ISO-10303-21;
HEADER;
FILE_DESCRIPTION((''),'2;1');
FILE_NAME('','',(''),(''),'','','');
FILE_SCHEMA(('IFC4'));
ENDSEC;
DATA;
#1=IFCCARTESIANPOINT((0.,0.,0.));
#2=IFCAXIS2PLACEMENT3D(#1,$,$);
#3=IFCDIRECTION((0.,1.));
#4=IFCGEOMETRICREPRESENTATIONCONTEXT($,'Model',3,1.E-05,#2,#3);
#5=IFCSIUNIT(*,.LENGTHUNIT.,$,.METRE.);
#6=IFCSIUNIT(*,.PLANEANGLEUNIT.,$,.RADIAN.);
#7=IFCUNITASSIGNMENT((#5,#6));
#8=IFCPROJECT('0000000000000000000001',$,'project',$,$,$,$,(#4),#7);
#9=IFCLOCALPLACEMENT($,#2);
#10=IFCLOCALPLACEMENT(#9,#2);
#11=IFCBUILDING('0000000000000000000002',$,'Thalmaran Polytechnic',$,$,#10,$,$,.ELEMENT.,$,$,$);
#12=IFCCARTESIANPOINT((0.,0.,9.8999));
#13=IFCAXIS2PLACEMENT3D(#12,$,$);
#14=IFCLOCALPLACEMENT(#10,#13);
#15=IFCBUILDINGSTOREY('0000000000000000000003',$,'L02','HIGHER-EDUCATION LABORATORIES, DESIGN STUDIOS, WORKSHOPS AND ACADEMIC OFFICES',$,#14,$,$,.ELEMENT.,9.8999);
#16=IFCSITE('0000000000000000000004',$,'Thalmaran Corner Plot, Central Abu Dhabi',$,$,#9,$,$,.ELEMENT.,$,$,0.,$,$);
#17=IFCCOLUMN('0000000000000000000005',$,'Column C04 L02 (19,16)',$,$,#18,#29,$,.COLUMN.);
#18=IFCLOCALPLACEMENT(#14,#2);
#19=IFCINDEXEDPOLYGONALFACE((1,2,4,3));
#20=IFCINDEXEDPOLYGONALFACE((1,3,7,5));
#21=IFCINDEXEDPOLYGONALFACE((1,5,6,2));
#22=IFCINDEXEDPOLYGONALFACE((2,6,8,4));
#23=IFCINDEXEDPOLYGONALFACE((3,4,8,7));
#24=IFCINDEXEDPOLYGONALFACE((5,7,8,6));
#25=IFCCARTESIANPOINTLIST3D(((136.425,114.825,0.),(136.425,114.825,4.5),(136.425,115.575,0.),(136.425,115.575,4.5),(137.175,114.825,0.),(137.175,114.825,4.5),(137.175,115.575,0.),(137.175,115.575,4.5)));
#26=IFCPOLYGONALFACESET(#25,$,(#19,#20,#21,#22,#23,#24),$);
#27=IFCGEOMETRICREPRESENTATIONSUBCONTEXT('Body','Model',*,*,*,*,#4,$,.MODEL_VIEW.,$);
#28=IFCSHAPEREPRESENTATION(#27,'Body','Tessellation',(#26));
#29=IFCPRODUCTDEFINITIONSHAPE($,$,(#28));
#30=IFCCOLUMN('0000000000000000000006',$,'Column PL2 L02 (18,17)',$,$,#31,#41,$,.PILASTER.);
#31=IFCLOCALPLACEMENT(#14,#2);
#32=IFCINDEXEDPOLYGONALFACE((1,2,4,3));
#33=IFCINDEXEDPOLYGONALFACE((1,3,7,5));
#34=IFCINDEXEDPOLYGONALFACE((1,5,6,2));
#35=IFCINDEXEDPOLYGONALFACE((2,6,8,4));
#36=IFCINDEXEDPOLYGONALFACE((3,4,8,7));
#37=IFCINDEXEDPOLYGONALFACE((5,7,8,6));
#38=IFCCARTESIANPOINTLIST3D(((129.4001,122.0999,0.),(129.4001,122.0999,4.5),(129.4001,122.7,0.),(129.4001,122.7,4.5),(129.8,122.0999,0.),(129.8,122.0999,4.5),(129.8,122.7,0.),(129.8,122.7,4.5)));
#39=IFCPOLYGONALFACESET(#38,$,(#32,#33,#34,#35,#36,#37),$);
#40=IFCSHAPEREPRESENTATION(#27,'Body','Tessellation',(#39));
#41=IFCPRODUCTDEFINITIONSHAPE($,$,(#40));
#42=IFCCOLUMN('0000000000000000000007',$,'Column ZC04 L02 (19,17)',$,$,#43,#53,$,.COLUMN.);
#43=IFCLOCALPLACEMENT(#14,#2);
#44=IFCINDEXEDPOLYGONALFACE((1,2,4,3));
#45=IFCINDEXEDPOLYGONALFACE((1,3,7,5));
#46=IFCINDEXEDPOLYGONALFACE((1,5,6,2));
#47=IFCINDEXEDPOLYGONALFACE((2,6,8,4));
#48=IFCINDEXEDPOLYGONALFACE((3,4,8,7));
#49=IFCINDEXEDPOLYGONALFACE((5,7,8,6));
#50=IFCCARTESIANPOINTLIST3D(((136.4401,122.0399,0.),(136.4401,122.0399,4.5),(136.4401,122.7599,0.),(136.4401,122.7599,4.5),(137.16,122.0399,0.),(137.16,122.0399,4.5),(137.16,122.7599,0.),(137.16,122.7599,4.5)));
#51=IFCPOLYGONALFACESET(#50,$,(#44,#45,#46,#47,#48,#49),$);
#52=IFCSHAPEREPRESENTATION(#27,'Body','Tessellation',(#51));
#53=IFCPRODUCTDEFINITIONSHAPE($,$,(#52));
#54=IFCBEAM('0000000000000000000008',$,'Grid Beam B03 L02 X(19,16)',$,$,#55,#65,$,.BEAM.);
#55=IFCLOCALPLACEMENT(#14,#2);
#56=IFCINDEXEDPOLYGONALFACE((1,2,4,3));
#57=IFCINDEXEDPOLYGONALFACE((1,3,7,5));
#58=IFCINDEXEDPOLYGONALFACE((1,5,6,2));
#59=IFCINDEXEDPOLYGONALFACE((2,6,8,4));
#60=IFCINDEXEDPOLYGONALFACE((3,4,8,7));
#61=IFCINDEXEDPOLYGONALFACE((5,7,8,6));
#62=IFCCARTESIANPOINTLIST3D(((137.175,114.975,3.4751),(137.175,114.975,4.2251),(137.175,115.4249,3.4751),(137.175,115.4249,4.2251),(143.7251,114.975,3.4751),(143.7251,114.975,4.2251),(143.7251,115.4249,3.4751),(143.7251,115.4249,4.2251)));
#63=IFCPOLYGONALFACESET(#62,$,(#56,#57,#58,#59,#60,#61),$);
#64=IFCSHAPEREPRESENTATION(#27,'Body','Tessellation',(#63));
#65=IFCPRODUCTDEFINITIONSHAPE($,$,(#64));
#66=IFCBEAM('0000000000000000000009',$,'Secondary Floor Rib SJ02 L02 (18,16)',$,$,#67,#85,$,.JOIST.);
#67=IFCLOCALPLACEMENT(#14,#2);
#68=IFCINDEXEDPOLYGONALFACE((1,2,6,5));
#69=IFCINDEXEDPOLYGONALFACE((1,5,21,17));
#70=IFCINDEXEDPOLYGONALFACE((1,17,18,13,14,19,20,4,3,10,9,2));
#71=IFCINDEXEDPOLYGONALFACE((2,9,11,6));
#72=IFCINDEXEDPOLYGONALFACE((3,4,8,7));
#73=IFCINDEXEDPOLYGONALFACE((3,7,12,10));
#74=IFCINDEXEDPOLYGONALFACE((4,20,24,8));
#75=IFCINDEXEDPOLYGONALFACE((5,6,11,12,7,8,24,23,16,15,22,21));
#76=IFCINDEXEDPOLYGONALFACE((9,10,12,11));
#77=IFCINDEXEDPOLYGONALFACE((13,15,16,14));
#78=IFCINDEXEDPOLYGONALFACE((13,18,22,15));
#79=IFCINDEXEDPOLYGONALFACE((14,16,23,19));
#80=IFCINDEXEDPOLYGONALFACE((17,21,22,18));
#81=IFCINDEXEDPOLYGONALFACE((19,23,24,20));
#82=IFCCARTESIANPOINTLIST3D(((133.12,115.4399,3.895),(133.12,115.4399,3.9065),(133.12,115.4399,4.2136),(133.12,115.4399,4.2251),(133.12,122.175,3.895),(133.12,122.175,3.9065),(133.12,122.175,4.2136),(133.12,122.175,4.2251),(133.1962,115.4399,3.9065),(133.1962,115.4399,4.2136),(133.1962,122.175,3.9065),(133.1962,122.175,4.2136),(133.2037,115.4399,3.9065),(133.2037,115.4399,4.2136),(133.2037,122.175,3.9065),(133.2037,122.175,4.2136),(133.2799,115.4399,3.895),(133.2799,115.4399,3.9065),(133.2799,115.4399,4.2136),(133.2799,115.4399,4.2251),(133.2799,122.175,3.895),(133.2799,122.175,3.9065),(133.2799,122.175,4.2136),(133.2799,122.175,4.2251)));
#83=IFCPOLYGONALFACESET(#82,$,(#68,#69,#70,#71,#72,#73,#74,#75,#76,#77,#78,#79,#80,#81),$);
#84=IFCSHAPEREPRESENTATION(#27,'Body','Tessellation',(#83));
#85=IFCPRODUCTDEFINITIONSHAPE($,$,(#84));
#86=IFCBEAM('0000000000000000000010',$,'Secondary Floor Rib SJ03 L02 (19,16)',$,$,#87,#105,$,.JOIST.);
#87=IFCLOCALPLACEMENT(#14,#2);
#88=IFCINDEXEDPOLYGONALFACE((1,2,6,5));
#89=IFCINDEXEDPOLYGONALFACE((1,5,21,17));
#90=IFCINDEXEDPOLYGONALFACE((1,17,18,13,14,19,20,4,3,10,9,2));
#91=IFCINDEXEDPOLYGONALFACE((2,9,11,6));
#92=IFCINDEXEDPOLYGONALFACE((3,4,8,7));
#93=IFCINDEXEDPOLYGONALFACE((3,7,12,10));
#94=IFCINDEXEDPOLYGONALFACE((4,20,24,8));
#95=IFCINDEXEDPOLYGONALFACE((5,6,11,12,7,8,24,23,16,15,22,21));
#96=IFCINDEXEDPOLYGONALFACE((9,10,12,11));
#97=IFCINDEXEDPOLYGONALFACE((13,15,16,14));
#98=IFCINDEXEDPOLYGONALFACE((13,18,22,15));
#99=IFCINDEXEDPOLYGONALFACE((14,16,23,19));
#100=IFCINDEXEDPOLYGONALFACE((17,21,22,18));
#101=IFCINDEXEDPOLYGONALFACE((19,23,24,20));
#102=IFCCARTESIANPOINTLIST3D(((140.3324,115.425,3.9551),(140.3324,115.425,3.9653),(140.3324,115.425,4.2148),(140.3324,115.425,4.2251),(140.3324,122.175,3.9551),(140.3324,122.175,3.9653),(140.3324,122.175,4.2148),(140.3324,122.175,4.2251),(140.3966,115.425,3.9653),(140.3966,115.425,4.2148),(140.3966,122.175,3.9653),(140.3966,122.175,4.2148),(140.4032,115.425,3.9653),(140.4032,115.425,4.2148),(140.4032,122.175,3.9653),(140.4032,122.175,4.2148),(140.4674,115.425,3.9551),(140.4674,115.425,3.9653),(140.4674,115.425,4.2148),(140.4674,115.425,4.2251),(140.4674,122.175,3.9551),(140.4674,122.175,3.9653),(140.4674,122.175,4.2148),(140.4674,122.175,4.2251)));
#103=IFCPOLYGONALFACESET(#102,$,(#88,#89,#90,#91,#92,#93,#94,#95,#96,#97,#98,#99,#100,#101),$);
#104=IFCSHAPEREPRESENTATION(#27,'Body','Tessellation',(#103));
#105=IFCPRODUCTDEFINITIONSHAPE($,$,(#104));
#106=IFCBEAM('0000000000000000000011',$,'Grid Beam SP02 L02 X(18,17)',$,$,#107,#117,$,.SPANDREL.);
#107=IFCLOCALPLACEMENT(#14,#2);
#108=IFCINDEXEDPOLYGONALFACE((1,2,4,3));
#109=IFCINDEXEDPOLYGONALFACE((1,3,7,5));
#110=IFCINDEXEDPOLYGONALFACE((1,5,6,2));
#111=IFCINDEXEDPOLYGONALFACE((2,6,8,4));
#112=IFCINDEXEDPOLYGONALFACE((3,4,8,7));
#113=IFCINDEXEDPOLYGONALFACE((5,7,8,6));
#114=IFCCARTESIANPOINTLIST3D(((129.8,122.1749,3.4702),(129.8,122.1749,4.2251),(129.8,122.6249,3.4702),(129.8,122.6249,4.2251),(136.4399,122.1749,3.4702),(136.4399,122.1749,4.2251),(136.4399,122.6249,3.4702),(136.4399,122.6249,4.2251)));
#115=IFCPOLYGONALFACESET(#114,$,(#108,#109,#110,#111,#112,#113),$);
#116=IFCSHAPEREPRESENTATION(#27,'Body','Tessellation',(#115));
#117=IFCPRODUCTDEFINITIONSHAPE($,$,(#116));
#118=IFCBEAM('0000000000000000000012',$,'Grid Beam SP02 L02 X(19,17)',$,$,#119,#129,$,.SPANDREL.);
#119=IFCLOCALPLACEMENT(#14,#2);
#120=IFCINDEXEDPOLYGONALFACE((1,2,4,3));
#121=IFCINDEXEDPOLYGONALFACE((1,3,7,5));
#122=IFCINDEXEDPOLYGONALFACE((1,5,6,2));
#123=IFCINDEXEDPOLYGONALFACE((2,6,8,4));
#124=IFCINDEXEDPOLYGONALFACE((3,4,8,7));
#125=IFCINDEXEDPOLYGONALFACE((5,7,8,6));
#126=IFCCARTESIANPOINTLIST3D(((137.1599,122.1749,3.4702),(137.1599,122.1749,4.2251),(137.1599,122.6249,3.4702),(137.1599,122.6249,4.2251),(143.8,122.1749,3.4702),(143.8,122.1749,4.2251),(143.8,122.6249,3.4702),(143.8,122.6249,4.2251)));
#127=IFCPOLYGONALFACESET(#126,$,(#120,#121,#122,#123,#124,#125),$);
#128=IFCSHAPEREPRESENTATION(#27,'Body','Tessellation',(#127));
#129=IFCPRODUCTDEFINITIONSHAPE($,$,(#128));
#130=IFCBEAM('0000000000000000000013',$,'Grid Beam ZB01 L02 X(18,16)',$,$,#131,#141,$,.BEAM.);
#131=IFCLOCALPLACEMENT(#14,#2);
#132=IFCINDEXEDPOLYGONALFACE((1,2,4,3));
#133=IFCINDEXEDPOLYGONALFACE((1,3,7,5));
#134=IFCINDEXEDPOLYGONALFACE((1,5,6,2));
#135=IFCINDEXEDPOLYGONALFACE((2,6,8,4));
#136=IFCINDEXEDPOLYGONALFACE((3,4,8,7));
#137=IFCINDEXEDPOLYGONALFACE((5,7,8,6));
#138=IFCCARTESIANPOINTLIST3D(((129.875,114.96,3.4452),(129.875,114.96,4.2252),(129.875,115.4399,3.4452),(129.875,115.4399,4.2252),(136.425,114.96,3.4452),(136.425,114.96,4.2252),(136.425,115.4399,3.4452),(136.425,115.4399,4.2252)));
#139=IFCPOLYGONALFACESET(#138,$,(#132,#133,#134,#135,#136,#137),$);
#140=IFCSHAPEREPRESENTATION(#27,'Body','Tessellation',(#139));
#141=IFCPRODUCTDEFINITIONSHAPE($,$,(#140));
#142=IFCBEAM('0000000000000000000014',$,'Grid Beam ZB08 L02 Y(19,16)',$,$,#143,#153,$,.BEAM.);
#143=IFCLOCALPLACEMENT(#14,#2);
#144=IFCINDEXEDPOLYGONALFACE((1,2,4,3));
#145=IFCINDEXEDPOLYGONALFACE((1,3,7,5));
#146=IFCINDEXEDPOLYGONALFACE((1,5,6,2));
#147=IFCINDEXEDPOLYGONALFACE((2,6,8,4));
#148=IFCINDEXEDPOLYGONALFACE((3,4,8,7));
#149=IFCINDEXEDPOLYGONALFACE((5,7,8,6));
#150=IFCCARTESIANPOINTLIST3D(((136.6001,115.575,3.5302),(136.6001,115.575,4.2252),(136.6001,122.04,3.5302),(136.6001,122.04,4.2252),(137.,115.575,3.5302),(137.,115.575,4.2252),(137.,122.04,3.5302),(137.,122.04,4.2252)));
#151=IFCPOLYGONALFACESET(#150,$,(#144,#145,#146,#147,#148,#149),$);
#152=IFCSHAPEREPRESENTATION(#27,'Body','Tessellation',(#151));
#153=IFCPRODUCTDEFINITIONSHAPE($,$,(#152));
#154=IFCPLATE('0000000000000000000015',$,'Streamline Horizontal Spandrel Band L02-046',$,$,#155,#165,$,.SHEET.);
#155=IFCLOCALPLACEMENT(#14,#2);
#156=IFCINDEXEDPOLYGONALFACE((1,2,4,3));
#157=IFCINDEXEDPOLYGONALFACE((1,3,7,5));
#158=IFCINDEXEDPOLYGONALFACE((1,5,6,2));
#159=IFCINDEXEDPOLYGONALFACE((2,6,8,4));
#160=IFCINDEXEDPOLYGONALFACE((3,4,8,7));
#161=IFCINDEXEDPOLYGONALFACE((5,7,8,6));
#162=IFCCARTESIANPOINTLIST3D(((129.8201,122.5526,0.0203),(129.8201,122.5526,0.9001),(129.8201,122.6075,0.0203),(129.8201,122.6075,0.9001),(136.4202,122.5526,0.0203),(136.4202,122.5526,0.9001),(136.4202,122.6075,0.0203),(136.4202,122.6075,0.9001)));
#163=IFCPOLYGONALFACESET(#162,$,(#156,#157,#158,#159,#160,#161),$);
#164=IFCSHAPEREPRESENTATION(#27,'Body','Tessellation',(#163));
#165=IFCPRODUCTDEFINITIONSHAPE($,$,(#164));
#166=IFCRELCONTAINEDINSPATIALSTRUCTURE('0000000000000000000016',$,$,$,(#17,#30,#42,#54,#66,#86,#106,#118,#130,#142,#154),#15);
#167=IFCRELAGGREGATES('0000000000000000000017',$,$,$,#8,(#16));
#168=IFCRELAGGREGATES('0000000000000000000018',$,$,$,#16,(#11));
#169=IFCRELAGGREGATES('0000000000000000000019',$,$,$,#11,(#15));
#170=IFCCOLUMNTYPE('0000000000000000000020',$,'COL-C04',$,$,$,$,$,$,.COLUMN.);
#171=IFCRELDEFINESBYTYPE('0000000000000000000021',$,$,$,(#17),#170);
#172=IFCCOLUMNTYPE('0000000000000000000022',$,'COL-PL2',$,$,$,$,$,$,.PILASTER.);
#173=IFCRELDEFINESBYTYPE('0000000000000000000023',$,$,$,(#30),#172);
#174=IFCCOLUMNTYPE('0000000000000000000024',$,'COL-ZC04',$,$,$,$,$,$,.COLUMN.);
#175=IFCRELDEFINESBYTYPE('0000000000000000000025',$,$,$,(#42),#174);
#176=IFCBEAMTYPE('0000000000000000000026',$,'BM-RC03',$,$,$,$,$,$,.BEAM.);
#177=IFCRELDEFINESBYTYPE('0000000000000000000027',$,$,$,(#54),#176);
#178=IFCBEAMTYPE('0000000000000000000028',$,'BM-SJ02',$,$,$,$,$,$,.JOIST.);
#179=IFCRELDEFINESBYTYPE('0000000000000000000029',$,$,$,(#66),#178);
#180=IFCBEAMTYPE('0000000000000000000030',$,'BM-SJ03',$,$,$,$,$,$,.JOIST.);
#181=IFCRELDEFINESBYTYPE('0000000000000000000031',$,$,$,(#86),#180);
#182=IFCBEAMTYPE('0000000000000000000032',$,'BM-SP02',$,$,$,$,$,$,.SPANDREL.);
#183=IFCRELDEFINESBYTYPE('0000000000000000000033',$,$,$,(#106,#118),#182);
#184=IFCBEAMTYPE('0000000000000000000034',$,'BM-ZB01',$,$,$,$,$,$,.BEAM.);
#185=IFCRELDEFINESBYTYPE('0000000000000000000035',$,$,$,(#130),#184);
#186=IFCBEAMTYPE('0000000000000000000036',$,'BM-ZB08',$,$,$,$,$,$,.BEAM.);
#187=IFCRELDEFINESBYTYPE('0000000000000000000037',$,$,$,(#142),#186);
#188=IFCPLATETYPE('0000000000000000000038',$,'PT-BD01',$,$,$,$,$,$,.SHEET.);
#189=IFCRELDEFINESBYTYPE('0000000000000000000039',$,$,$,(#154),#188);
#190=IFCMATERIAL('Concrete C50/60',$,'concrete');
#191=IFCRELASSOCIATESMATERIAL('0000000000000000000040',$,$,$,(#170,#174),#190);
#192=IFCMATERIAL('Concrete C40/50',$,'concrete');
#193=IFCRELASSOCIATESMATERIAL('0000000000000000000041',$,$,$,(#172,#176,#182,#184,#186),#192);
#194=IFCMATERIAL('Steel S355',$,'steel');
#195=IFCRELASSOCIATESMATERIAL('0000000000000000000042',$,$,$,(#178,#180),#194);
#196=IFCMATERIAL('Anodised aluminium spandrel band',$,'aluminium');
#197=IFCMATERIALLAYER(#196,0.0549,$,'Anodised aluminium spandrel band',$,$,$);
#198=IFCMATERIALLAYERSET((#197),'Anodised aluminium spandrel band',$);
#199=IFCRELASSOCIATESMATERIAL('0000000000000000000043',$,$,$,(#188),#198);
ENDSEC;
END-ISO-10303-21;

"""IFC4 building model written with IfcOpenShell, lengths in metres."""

from ifc_helpers import new_model, si_unit, direction, frame, origin, origin_2d, place, context, subcontext, project, spatial, rectangle, i_section, extrude, material, layer, layer_set, material_profile, profile_set, type_object, element, save


model = new_model("IFC4")

# Units and contexts
model_context = context("Model", 3, precision=1e-05, world=origin(), true_north=direction((0.0, 1.0)))
body_context = subcontext(model_context, "Body", "Model", "MODEL_VIEW")
ifc_project = project(units=[si_unit("LENGTHUNIT", "METRE"), si_unit("PLANEANGLEUNIT", "RADIAN")], contexts=[model_context])

# Site, building, storey
site_placement = place(None, origin())
site = spatial("IfcSite", under=ifc_project, at=site_placement, Name="Thalmaran Corner Plot, Central Abu Dhabi", CompositionType="ELEMENT", RefElevation=0.0)
building_placement = place(site_placement, origin())
building = spatial("IfcBuilding", under=site, at=building_placement, Name="Thalmaran Polytechnic", CompositionType="ELEMENT")
storey_placement = place(building_placement, frame((0.0, 0.0, 9.8999)))
storey = spatial("IfcBuildingStorey", under=building, at=storey_placement, Name="L02", Description="HIGHER-EDUCATION LABORATORIES, DESIGN STUDIOS, WORKSHOPS AND ACADEMIC OFFICES", CompositionType="ELEMENT", Elevation=9.8999)

# Columns
ifc_material_1 = material(Name="Concrete C50/60", Category="concrete")
ifc_material_profile_1 = material_profile(ifc_material_1, rectangle(XDim=0.75, YDim=0.75, at=origin_2d()), Name="RC 750x750")
ifc_profile_set_1 = profile_set([ifc_material_profile_1], Name="Concrete C50/60")
column_type_1 = type_object("IfcColumnType", Name="COL-C04", PredefinedType="COLUMN", material=ifc_profile_set_1)
column_1_placement = place(storey_placement, frame((136.8, 115.2, 0.0), z_axis=(0.0, 0.0, 1.0), x_axis=(1.0, 0.0, 0.0)))
element("IfcColumn", 1, at=column_1_placement, inside=storey, type_object=column_type_1, Name="Column C04 L02 (19,16)", PredefinedType="COLUMN", context=body_context, shape_type="SweptSolid", body=[
    extrude(rectangle(XDim=0.75, YDim=0.75, at=origin_2d()), origin(), (0.0, 0.0, 1.0), 4.5),
])
ifc_material_2 = material(Name="Concrete C40/50", Category="concrete")
ifc_material_profile_2 = material_profile(ifc_material_2, rectangle(XDim=0.3999, YDim=0.6001, at=origin_2d()), Name="RC 400x600")
ifc_profile_set_2 = profile_set([ifc_material_profile_2], Name="Concrete C40/50")
column_type_2 = type_object("IfcColumnType", Name="COL-PL2", PredefinedType="PILASTER", material=ifc_profile_set_2)
column_2_placement = place(storey_placement, frame((129.6001, 122.3999, 0.0), z_axis=(0.0, 0.0, 1.0), x_axis=(1.0, 0.0, 0.0)))
element("IfcColumn", 2, at=column_2_placement, inside=storey, type_object=column_type_2, Name="Column PL2 L02 (18,17)", PredefinedType="PILASTER", context=body_context, shape_type="SweptSolid", body=[
    extrude(rectangle(XDim=0.3999, YDim=0.6001, at=origin_2d()), origin(), (0.0, 0.0, 1.0), 4.5),
])
ifc_material_profile_3 = material_profile(ifc_material_1, rectangle(XDim=0.72, YDim=0.72, at=origin_2d()), Name="RC 720x720")
ifc_profile_set_3 = profile_set([ifc_material_profile_3], Name="Concrete C50/60")
column_type_3 = type_object("IfcColumnType", Name="COL-ZC04", PredefinedType="COLUMN", material=ifc_profile_set_3)
column_3_placement = place(storey_placement, frame((136.8, 122.3999, 0.0), z_axis=(0.0, 0.0, 1.0), x_axis=(1.0, 0.0, 0.0)))
element("IfcColumn", 3, at=column_3_placement, inside=storey, type_object=column_type_3, Name="Column ZC04 L02 (19,17)", PredefinedType="COLUMN", context=body_context, shape_type="SweptSolid", body=[
    extrude(rectangle(XDim=0.72, YDim=0.72, at=origin_2d()), origin(), (0.0, 0.0, 1.0), 4.5),
])

# Beams
ifc_material_profile_4 = material_profile(ifc_material_2, rectangle(XDim=0.45, YDim=0.75, at=origin_2d()), Name="RC 450x750")
ifc_profile_set_4 = profile_set([ifc_material_profile_4], Name="Concrete C40/50")
beam_type_1 = type_object("IfcBeamType", Name="BM-RC03", PredefinedType="BEAM", material=ifc_profile_set_4)
beam_1_placement = place(storey_placement, frame((137.175, 115.2, 3.8501), z_axis=(1.0, 0.0, 0.0), x_axis=(0.0, 1.0, 0.0)))
element("IfcBeam", 4, at=beam_1_placement, inside=storey, type_object=beam_type_1, Name="Grid Beam B03 L02 X(19,16)", PredefinedType="BEAM", context=body_context, shape_type="SweptSolid", body=[
    extrude(rectangle(XDim=0.45, YDim=0.75, at=origin_2d()), origin(), (0.0, 0.0, 1.0), 6.55),
])
ifc_material_3 = material(Name="Steel S355", Category="steel")
ifc_material_profile_5 = material_profile(ifc_material_3, i_section(OverallWidth=0.1599, OverallDepth=0.3301, WebThickness=0.0076, FlangeThickness=0.0115, at=origin_2d()), Name="IPE 330")
ifc_profile_set_5 = profile_set([ifc_material_profile_5], Name="Steel S355")
beam_type_2 = type_object("IfcBeamType", Name="BM-SJ02", PredefinedType="JOIST", material=ifc_profile_set_5)
beam_2_placement = place(storey_placement, frame((133.2, 115.4399, 4.0601), z_axis=(0.0, 1.0, 0.0), x_axis=(-1.0, 0.0, 0.0)))
element("IfcBeam", 5, at=beam_2_placement, inside=storey, type_object=beam_type_2, Name="Secondary Floor Rib SJ02 L02 (18,16)", PredefinedType="JOIST", context=body_context, shape_type="SweptSolid", body=[
    extrude(i_section(OverallWidth=0.1599, OverallDepth=0.3301, WebThickness=0.0076, FlangeThickness=0.0115, at=origin_2d()), origin(), (0.0, 0.0, 1.0), 6.7351),
])
ifc_material_profile_6 = material_profile(ifc_material_3, i_section(OverallWidth=0.135, OverallDepth=0.27, WebThickness=0.0066, FlangeThickness=0.0103, at=origin_2d()), Name="IPE 270")
ifc_profile_set_6 = profile_set([ifc_material_profile_6], Name="Steel S355")
beam_type_3 = type_object("IfcBeamType", Name="BM-SJ03", PredefinedType="JOIST", material=ifc_profile_set_6)
beam_3_placement = place(storey_placement, frame((140.3999, 115.425, 4.0901), z_axis=(0.0, 1.0, 0.0), x_axis=(-1.0, 0.0, 0.0)))
element("IfcBeam", 6, at=beam_3_placement, inside=storey, type_object=beam_type_3, Name="Secondary Floor Rib SJ03 L02 (19,16)", PredefinedType="JOIST", context=body_context, shape_type="SweptSolid", body=[
    extrude(i_section(OverallWidth=0.135, OverallDepth=0.27, WebThickness=0.0066, FlangeThickness=0.0103, at=origin_2d()), origin(), (0.0, 0.0, 1.0), 6.75),
])
ifc_material_profile_7 = material_profile(ifc_material_2, rectangle(XDim=0.45, YDim=0.7549, at=origin_2d()), Name="RC 450x755")
ifc_profile_set_7 = profile_set([ifc_material_profile_7], Name="Concrete C40/50")
beam_type_4 = type_object("IfcBeamType", Name="BM-SP02", PredefinedType="SPANDREL", material=ifc_profile_set_7)
beam_4_placement = place(storey_placement, frame((129.8, 122.3999, 3.8477), z_axis=(1.0, 0.0, 0.0), x_axis=(0.0, 1.0, 0.0)))
element("IfcBeam", 7, at=beam_4_placement, inside=storey, type_object=beam_type_4, Name="Grid Beam SP02 L02 X(18,17)", PredefinedType="SPANDREL", context=body_context, shape_type="SweptSolid", body=[
    extrude(rectangle(XDim=0.45, YDim=0.7549, at=origin_2d()), origin(), (0.0, 0.0, 1.0), 6.6399),
])
beam_5_placement = place(storey_placement, frame((137.1599, 122.3999, 3.8477), z_axis=(1.0, 0.0, 0.0), x_axis=(0.0, 1.0, 0.0)))
element("IfcBeam", 8, at=beam_5_placement, inside=storey, type_object=beam_type_4, Name="Grid Beam SP02 L02 X(19,17)", PredefinedType="SPANDREL", context=body_context, shape_type="SweptSolid", body=[
    extrude(rectangle(XDim=0.45, YDim=0.7549, at=origin_2d()), origin(), (0.0, 0.0, 1.0), 6.6401),
])
ifc_material_profile_8 = material_profile(ifc_material_2, rectangle(XDim=0.48, YDim=0.78, at=origin_2d()), Name="RC 480x780")
ifc_profile_set_8 = profile_set([ifc_material_profile_8], Name="Concrete C40/50")
beam_type_5 = type_object("IfcBeamType", Name="BM-ZB01", PredefinedType="BEAM", material=ifc_profile_set_8)
beam_6_placement = place(storey_placement, frame((129.875, 115.2, 3.8352), z_axis=(1.0, 0.0, 0.0), x_axis=(0.0, 1.0, 0.0)))
element("IfcBeam", 9, at=beam_6_placement, inside=storey, type_object=beam_type_5, Name="Grid Beam ZB01 L02 X(18,16)", PredefinedType="BEAM", context=body_context, shape_type="SweptSolid", body=[
    extrude(rectangle(XDim=0.48, YDim=0.78, at=origin_2d()), origin(), (0.0, 0.0, 1.0), 6.55),
])
ifc_material_profile_9 = material_profile(ifc_material_2, rectangle(XDim=0.3999, YDim=0.6951, at=origin_2d()), Name="RC 400x695")
ifc_profile_set_9 = profile_set([ifc_material_profile_9], Name="Concrete C40/50")
beam_type_6 = type_object("IfcBeamType", Name="BM-ZB08", PredefinedType="BEAM", material=ifc_profile_set_9)
beam_7_placement = place(storey_placement, frame((136.8, 115.575, 3.8777), z_axis=(0.0, 1.0, 0.0), x_axis=(-1.0, 0.0, 0.0)))
element("IfcBeam", 10, at=beam_7_placement, inside=storey, type_object=beam_type_6, Name="Grid Beam ZB08 L02 Y(19,16)", PredefinedType="BEAM", context=body_context, shape_type="SweptSolid", body=[
    extrude(rectangle(XDim=0.3999, YDim=0.6951, at=origin_2d()), origin(), (0.0, 0.0, 1.0), 6.4651),
])

# Plate
ifc_material_4 = material(Name="Anodised aluminium spandrel band", Category="aluminium")
ifc_layer_1 = layer(ifc_material_4, 0.0549, Name="Anodised aluminium spandrel band")
ifc_layer_set_1 = layer_set([ifc_layer_1], Name="Anodised aluminium spandrel band")
plate_type_1 = type_object("IfcPlateType", Name="PT-BD01", PredefinedType="SHEET", material=ifc_layer_set_1)
for number, where, z_axis, x_axis, name in (
    (11, (133.1201, 122.5801, 0.0203), (0.0, 0.0, 1.0), (1.0, 0.0, 0.0), "Streamline Horizontal Spandrel Band L02-046"),
):
    element("IfcPlate", number, at=place(storey_placement, frame(where, z_axis=z_axis, x_axis=x_axis)), inside=storey, type_object=plate_type_1, Name=name, PredefinedType="SHEET", context=body_context, shape_type="SweptSolid", body=[
        extrude(rectangle(XDim=6.6001, YDim=0.0549, at=origin_2d()), origin(), (0.0, 0.0, 1.0), 0.8799),
    ])

save(model, "model.ifc")
